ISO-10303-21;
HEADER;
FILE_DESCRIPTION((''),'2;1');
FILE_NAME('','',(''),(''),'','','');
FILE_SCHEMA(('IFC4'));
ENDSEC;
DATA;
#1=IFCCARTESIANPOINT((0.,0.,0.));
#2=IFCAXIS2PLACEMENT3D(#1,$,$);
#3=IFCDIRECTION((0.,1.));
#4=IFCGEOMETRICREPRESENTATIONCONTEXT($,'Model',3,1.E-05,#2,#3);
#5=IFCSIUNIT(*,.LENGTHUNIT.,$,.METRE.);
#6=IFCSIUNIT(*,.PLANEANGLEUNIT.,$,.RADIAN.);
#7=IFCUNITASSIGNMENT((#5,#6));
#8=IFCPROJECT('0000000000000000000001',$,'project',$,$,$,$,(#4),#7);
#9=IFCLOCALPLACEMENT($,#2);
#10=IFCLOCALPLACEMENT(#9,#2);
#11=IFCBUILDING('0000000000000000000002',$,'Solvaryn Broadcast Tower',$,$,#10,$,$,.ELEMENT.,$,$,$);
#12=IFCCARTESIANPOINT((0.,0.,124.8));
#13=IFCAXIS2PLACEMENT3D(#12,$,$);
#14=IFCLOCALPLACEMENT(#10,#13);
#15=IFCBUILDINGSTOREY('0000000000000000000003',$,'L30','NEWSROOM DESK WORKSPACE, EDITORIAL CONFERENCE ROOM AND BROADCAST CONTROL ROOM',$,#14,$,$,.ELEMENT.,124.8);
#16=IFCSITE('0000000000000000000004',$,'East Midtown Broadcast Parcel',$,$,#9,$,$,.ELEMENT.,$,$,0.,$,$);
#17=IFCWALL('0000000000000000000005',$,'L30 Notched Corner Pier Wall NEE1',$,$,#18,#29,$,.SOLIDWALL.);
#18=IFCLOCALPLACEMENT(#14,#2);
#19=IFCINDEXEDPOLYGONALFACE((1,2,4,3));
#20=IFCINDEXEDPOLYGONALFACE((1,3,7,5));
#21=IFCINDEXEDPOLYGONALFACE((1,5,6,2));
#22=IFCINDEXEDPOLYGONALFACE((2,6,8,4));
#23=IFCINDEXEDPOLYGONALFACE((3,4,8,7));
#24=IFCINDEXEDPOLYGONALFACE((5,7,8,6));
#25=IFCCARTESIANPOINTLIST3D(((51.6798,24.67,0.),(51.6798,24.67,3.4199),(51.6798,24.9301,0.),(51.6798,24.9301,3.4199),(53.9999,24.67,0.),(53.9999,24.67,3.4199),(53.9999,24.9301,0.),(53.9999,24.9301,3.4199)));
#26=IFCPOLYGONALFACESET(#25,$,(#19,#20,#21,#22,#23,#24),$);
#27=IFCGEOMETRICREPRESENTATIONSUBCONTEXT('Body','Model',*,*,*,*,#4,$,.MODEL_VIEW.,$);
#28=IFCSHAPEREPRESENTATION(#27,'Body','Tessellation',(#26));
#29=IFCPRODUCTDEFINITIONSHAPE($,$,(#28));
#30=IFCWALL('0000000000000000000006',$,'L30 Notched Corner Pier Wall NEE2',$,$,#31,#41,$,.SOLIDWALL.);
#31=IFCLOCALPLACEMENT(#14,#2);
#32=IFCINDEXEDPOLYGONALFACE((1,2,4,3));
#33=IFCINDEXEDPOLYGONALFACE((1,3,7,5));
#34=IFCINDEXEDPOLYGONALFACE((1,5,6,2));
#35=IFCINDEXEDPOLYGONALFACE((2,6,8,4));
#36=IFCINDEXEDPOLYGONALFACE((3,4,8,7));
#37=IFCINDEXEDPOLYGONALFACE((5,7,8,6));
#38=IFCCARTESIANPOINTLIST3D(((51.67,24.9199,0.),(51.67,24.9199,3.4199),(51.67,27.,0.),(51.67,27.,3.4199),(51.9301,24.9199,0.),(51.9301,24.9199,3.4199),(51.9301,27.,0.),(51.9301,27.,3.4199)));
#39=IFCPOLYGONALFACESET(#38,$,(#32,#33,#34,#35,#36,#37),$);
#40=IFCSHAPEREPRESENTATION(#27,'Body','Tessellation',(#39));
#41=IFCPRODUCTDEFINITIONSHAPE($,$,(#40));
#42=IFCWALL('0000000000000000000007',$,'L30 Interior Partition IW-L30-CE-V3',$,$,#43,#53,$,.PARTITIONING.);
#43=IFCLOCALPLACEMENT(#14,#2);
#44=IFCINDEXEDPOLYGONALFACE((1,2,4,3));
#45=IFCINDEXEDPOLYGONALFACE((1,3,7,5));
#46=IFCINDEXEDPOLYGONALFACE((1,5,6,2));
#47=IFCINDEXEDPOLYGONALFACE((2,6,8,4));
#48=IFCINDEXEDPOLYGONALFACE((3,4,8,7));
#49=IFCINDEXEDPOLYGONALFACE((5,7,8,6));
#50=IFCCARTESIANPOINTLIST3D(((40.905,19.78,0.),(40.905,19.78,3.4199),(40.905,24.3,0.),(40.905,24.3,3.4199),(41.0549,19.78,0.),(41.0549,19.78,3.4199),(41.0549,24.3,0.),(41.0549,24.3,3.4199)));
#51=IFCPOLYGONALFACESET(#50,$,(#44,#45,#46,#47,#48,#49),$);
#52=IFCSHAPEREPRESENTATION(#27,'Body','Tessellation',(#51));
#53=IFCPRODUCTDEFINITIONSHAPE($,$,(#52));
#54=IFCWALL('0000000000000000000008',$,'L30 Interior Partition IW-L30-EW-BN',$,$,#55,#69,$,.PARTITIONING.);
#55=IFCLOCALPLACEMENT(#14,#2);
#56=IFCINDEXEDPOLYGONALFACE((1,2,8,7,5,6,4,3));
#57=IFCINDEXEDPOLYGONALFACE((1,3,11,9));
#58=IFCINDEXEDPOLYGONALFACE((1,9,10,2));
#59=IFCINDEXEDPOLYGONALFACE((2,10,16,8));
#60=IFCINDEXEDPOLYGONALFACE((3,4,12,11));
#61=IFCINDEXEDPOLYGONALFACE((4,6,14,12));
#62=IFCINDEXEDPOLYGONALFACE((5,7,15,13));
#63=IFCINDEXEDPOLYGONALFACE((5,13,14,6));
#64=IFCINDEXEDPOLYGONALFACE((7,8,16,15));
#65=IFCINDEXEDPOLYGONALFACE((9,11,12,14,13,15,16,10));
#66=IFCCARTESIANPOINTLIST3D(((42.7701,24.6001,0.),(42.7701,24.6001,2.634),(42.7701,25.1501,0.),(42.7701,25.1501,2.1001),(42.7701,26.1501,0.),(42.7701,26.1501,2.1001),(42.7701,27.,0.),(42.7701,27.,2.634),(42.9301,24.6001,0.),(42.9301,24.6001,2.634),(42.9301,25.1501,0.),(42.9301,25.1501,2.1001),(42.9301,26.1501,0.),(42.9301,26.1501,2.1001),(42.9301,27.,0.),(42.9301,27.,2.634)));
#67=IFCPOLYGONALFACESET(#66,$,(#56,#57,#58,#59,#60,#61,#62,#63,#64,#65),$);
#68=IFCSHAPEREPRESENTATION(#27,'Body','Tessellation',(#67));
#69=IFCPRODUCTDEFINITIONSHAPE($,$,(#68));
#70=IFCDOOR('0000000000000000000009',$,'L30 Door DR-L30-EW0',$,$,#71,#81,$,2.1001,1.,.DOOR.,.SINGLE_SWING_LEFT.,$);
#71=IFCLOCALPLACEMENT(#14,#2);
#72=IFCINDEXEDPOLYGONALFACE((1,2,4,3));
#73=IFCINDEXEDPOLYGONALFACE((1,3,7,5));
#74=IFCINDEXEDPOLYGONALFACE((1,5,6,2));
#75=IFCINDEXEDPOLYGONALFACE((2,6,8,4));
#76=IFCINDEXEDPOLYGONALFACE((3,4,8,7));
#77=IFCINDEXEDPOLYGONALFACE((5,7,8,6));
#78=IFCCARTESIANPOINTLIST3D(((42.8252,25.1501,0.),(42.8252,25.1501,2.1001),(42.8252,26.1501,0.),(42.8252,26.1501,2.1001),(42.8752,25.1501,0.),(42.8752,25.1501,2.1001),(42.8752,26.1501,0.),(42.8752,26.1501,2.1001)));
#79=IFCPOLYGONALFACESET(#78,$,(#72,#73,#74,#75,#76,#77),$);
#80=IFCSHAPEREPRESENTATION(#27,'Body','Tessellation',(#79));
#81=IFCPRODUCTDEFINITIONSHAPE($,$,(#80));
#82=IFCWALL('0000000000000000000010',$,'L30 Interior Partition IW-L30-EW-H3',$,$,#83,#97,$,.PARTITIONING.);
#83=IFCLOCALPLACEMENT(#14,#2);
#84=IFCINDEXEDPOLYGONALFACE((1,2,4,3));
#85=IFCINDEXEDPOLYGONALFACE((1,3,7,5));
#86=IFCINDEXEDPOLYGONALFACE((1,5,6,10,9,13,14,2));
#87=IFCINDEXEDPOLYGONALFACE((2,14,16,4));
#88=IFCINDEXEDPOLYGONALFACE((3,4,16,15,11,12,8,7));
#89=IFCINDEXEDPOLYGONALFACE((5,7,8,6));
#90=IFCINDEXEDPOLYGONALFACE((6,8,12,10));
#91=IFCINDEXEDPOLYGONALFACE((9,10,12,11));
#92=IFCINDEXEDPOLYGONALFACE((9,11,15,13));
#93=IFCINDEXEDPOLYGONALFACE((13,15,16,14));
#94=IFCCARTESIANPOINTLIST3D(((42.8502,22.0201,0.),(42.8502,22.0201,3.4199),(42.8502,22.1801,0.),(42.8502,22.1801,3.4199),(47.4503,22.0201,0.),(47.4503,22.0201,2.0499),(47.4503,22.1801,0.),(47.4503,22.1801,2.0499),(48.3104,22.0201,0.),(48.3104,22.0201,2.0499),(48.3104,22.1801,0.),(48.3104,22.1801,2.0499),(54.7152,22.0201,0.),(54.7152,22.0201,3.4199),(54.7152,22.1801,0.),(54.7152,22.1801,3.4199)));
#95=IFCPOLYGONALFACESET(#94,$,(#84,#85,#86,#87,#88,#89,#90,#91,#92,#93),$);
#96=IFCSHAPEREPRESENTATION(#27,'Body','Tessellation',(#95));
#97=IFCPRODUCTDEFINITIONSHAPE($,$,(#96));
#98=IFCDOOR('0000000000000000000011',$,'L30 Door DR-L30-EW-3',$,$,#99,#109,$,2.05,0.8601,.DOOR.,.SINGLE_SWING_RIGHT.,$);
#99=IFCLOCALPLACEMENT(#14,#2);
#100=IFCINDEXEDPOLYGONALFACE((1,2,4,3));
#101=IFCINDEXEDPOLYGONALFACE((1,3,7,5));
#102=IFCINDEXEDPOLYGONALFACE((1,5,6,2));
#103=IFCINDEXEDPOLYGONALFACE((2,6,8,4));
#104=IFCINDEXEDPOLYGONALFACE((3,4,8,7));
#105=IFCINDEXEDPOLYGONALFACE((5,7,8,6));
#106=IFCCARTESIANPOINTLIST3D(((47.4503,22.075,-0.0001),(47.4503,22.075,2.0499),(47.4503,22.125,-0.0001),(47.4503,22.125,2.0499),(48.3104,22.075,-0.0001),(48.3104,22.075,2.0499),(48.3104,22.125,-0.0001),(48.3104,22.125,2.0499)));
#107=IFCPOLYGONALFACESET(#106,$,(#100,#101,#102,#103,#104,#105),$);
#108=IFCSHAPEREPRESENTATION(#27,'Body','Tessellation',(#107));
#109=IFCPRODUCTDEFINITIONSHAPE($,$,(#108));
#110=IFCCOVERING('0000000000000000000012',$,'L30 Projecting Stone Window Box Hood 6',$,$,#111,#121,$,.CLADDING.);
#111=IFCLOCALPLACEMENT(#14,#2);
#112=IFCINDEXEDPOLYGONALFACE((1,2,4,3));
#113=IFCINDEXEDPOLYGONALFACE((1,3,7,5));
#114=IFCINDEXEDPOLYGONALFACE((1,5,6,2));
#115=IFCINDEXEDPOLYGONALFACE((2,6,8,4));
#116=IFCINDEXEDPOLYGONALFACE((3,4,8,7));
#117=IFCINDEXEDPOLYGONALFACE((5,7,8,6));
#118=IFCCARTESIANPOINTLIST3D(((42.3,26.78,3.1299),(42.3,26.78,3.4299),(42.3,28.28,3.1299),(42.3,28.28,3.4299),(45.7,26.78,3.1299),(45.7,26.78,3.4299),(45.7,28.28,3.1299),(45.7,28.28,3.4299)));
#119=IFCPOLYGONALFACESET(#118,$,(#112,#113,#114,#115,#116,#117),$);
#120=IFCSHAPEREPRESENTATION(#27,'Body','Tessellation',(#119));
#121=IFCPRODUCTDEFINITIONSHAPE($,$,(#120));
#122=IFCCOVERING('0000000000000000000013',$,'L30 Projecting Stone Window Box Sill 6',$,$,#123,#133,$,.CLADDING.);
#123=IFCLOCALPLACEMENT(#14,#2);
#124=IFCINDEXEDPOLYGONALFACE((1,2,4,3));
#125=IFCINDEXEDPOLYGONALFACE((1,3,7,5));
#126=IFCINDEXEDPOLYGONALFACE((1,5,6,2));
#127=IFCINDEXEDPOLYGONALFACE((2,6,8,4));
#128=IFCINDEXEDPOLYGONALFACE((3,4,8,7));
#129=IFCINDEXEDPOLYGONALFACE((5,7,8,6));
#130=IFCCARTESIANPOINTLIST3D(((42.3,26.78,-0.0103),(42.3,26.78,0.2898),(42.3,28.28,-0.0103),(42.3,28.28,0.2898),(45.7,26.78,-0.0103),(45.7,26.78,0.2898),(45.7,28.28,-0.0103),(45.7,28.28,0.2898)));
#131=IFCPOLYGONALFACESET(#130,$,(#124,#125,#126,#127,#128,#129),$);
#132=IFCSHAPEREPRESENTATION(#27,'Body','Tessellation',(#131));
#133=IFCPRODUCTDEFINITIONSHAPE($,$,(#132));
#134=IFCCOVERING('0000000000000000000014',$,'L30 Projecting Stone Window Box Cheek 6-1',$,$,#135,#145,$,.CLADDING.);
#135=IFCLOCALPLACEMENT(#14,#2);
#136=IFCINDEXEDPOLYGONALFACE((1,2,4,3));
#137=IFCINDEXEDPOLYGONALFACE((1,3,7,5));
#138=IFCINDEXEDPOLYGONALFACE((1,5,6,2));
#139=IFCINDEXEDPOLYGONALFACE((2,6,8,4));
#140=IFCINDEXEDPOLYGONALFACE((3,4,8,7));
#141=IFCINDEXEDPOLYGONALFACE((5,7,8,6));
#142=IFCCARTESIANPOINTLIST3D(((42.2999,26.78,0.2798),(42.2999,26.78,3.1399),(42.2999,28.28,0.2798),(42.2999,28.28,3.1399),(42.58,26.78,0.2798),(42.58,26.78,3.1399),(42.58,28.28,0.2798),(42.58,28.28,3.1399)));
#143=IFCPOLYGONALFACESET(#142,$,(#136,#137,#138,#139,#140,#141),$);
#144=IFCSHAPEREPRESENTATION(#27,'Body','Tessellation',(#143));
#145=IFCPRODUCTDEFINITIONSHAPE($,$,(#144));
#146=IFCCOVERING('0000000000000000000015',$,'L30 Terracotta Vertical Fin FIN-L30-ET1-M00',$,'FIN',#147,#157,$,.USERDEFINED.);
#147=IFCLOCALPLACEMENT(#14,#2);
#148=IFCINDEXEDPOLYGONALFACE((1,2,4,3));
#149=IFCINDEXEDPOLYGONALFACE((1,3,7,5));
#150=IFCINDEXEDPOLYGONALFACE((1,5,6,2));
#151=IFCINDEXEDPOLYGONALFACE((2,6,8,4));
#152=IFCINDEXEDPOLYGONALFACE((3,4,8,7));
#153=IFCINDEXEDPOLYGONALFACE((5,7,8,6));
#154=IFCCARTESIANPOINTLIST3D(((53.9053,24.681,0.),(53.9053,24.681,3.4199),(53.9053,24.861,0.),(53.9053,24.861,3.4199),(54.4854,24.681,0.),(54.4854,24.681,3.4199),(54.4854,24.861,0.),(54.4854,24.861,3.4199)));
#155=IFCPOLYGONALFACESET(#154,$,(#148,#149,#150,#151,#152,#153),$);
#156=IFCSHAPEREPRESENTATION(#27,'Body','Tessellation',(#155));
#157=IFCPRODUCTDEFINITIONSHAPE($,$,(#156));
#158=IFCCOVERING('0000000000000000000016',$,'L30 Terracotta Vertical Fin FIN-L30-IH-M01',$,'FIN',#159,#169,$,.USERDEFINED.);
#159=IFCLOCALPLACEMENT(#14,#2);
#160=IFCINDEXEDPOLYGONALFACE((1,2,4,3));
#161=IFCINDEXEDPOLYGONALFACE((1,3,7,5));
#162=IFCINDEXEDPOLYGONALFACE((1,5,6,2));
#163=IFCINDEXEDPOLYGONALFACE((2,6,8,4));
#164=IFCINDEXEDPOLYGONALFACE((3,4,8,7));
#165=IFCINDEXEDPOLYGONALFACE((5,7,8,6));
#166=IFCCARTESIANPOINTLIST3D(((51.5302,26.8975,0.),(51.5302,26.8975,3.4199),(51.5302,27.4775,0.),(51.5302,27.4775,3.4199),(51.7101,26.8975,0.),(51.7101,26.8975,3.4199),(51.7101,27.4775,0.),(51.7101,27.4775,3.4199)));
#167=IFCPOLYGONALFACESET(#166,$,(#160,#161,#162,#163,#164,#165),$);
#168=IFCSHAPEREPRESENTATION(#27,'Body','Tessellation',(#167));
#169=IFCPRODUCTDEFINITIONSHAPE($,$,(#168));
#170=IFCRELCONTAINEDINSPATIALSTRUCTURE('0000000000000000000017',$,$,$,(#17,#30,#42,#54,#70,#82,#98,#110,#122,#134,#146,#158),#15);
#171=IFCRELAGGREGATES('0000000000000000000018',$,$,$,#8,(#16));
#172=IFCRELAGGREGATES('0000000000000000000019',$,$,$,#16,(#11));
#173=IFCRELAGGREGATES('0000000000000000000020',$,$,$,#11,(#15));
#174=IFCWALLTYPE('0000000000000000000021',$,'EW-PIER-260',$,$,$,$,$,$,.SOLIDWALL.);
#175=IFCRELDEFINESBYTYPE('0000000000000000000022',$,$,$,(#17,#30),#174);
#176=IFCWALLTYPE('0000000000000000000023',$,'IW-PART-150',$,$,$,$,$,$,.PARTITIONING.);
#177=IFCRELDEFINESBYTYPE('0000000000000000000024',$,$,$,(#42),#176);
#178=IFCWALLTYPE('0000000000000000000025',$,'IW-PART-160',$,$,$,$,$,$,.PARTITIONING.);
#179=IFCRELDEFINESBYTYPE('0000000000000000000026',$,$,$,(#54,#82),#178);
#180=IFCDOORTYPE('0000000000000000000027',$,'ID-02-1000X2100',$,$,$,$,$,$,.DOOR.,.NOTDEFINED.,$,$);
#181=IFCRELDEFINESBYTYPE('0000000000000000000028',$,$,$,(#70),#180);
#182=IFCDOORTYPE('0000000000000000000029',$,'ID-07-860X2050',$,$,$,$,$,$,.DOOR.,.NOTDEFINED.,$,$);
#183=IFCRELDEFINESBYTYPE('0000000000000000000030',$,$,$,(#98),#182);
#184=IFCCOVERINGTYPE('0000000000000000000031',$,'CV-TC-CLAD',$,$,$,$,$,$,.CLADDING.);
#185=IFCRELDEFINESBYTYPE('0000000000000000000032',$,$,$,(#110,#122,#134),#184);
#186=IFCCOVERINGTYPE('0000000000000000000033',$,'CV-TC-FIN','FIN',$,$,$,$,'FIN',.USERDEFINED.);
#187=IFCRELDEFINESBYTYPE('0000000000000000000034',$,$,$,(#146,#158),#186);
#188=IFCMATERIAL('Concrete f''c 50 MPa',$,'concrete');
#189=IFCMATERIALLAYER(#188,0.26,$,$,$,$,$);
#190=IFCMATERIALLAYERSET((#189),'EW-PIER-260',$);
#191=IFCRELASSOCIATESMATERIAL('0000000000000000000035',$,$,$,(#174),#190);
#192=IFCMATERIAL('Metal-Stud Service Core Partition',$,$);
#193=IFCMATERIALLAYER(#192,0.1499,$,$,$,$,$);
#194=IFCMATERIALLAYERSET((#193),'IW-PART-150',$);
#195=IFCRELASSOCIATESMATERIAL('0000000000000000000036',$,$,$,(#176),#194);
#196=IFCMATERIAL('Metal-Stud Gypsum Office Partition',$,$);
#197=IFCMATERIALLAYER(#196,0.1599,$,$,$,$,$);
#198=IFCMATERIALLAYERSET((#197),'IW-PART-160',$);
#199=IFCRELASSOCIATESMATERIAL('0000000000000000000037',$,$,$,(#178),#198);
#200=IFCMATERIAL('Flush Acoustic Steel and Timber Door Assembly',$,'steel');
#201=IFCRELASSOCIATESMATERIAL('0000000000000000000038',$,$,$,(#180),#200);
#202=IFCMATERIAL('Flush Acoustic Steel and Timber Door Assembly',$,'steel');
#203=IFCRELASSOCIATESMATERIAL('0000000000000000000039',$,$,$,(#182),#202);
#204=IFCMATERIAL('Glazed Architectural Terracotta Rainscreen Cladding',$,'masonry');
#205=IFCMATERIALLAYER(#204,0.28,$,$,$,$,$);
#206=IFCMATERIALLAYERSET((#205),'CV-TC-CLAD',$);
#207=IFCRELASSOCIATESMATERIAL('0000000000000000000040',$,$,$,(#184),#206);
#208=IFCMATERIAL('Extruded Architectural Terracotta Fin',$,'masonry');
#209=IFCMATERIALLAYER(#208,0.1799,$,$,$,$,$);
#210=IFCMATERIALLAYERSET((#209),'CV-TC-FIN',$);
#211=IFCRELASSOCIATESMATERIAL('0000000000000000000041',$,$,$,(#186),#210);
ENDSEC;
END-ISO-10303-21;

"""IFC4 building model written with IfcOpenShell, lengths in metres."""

from ifc_helpers import new_model, si_unit, direction, frame, frame_2d, origin, origin_2d, place, context, subcontext, project, spatial, rectangle, extrude, material, layer, layer_set, type_object, element, fill, save


model = new_model("IFC4")

# Units and contexts
model_context = context("Model", 3, precision=1e-05, world=origin(), true_north=direction((0.0, 1.0)))
body_context = subcontext(model_context, "Body", "Model", "MODEL_VIEW")
ifc_project = project(units=[si_unit("LENGTHUNIT", "METRE"), si_unit("PLANEANGLEUNIT", "RADIAN")], contexts=[model_context])

# Site, building, storey
site_placement = place(None, origin())
site = spatial("IfcSite", under=ifc_project, at=site_placement, Name="East Midtown Broadcast Parcel", CompositionType="ELEMENT", RefElevation=0.0)
building_placement = place(site_placement, origin())
building = spatial("IfcBuilding", under=site, at=building_placement, Name="Solvaryn Broadcast Tower", CompositionType="ELEMENT")
storey_placement = place(building_placement, frame((0.0, 0.0, 124.8)))
storey = spatial("IfcBuildingStorey", under=building, at=storey_placement, Name="L30", Description="NEWSROOM DESK WORKSPACE, EDITORIAL CONFERENCE ROOM AND BROADCAST CONTROL ROOM", CompositionType="ELEMENT", Elevation=124.8)

# Walls
ifc_material_1 = material(Name="Concrete f'c 50 MPa", Category="concrete")
ifc_layer_1 = layer(ifc_material_1, 0.26)
ifc_layer_set_1 = layer_set([ifc_layer_1], Name="EW-PIER-260")
wall_type_1 = type_object("IfcWallType", Name="EW-PIER-260", PredefinedType="SOLIDWALL", material=ifc_layer_set_1)
wall_1_placement = place(storey_placement, frame((54.0, 24.8, 0.0), z_axis=(0.0, 0.0, 1.0), x_axis=(-1.0, 0.0, 0.0)))
element("IfcWall", 1, at=wall_1_placement, inside=storey, type_object=wall_type_1, Name="L30 Notched Corner Pier Wall NEE1", PredefinedType="SOLIDWALL", context=body_context, shape_type="SweptSolid", body=[
    extrude(rectangle(XDim=2.3201, YDim=0.26, at=frame_2d((1.1602, 0.0))), origin(), (0.0, 0.0, 1.0), 3.4199),
])
wall_2_placement = place(storey_placement, frame((51.8, 24.9199, 0.0), z_axis=(0.0, 0.0, 1.0), x_axis=(0.0, 1.0, 0.0)))
element("IfcWall", 2, at=wall_2_placement, inside=storey, type_object=wall_type_1, Name="L30 Notched Corner Pier Wall NEE2", PredefinedType="SOLIDWALL", context=body_context, shape_type="SweptSolid", body=[
    extrude(rectangle(XDim=2.0801, YDim=0.26, at=frame_2d((1.04, 0.0))), origin(), (0.0, 0.0, 1.0), 3.4199),
])
ifc_material_2 = material(Name="Metal-Stud Service Core Partition")
ifc_layer_2 = layer(ifc_material_2, 0.1499)
ifc_layer_set_2 = layer_set([ifc_layer_2], Name="IW-PART-150")
wall_type_2 = type_object("IfcWallType", Name="IW-PART-150", PredefinedType="PARTITIONING", material=ifc_layer_set_2)
wall_3_placement = place(storey_placement, frame((40.98, 19.78, 0.0), z_axis=(0.0, 0.0, 1.0), x_axis=(0.0, 1.0, 0.0)))
element("IfcWall", 3, at=wall_3_placement, inside=storey, type_object=wall_type_2, Name="L30 Interior Partition IW-L30-CE-V3", PredefinedType="PARTITIONING", context=body_context, shape_type="SweptSolid", body=[
    extrude(rectangle(XDim=4.52, YDim=0.1499, at=frame_2d((2.26, 0.0))), origin(), (0.0, 0.0, 1.0), 3.4199),
])

# Walls, openings, doors
ifc_material_3 = material(Name="Metal-Stud Gypsum Office Partition")
ifc_layer_3 = layer(ifc_material_3, 0.1599)
ifc_layer_set_3 = layer_set([ifc_layer_3], Name="IW-PART-160")
wall_type_3 = type_object("IfcWallType", Name="IW-PART-160", PredefinedType="PARTITIONING", material=ifc_layer_set_3)
wall_4_placement = place(storey_placement, frame((42.8501, 24.6001, 0.0), z_axis=(0.0, 0.0, 1.0), x_axis=(0.0, 1.0, 0.0)))
wall_4 = element("IfcWall", 4, at=wall_4_placement, inside=storey, type_object=wall_type_3, Name="L30 Interior Partition IW-L30-EW-BN", PredefinedType="PARTITIONING", context=body_context, shape_type="SweptSolid", body=[
    extrude(rectangle(XDim=2.3999, YDim=0.1599, at=frame_2d((1.2, 0.0))), origin(), (0.0, 0.0, 1.0), 2.634),
])
opening_1_placement = place(wall_4_placement, frame((0.55, 0.0, 0.0)))
opening_1 = element("IfcOpeningElement", 5, at=opening_1_placement, cuts=wall_4, PredefinedType="OPENING", context=body_context, shape_type="SweptSolid", body=[
    extrude(rectangle(XDim=1.0, YDim=2.1001, at=frame_2d((0.5, 1.05))), frame((0.0, 0.0901, 0.0), z_axis=(0.0, -1.0, 0.0), x_axis=(1.0, 0.0, 0.0)), (0.0, 0.0, 1.0), 0.1799),
])
ifc_material_4 = material(Name="Flush Acoustic Steel and Timber Door Assembly", Category="steel")
door_type_1 = type_object("IfcDoorType", Name="ID-02-1000X2100", OperationType="NOTDEFINED", PredefinedType="DOOR", material=ifc_material_4)
door_1_placement = place(opening_1_placement, origin())
door_1 = element("IfcDoor", 6, at=door_1_placement, inside=storey, type_object=door_type_1, Name="L30 Door DR-L30-EW0", OperationType="SINGLE_SWING_LEFT", OverallHeight=2.1001, OverallWidth=1.0, PredefinedType="DOOR", context=body_context, shape_type="SweptSolid", body=[
    extrude(rectangle(XDim=1.0, YDim=2.1001, at=frame_2d((0.5, 1.05))), frame((0.0, 0.0249, 0.0), z_axis=(0.0, -1.0, 0.0), x_axis=(1.0, 0.0, 0.0)), (0.0, 0.0, 1.0), 0.05),
])
fill(opening_1, door_1)
wall_5_placement = place(storey_placement, frame((42.8501, 22.1001, 0.0), z_axis=(0.0, 0.0, 1.0), x_axis=(1.0, 0.0, 0.0)))
wall_5 = element("IfcWall", 7, at=wall_5_placement, inside=storey, type_object=wall_type_3, Name="L30 Interior Partition IW-L30-EW-H3", PredefinedType="PARTITIONING", context=body_context, shape_type="SweptSolid", body=[
    extrude(rectangle(XDim=11.865, YDim=0.1599, at=frame_2d((5.9326, 0.0))), origin(), (0.0, 0.0, 1.0), 3.4199),
])
opening_2_placement = place(wall_5_placement, frame((4.6001, 0.0, 0.0)))
opening_2 = element("IfcOpeningElement", 8, at=opening_2_placement, cuts=wall_5, PredefinedType="OPENING", context=body_context, shape_type="SweptSolid", body=[
    extrude(rectangle(XDim=0.8601, YDim=2.05, at=frame_2d((0.4302, 1.0249))), frame((0.0, 0.0901, 0.0), z_axis=(0.0, -1.0, 0.0), x_axis=(1.0, 0.0, 0.0)), (0.0, 0.0, 1.0), 0.1799),
])
ifc_material_5 = material(Name="Flush Acoustic Steel and Timber Door Assembly", Category="steel")
door_type_2 = type_object("IfcDoorType", Name="ID-07-860X2050", OperationType="NOTDEFINED", PredefinedType="DOOR", material=ifc_material_5)
door_2_placement = place(opening_2_placement, origin())
door_2 = element("IfcDoor", 9, at=door_2_placement, inside=storey, type_object=door_type_2, Name="L30 Door DR-L30-EW-3", OperationType="SINGLE_SWING_RIGHT", OverallHeight=2.05, OverallWidth=0.8601, PredefinedType="DOOR", context=body_context, shape_type="SweptSolid", body=[
    extrude(rectangle(XDim=0.8601, YDim=2.05, at=frame_2d((0.4302, 1.0249))), frame((0.0, 0.0249, 0.0), z_axis=(0.0, -1.0, 0.0), x_axis=(1.0, 0.0, 0.0)), (0.0, 0.0, 1.0), 0.05),
])
fill(opening_2, door_2)

# Coverings
ifc_material_6 = material(Name="Glazed Architectural Terracotta Rainscreen Cladding", Category="masonry")
ifc_layer_4 = layer(ifc_material_6, 0.28)
ifc_layer_set_4 = layer_set([ifc_layer_4], Name="CV-TC-CLAD")
covering_type_1 = type_object("IfcCoveringType", Name="CV-TC-CLAD", PredefinedType="CLADDING", material=ifc_layer_set_4)
for number, where, z_axis, x_axis, name in (
    (10, (44.0, 27.53, 3.1299), (0.0, 0.0, 1.0), (1.0, 0.0, 0.0), "L30 Projecting Stone Window Box Hood 6"),
    (11, (44.0, 27.53, -0.0103), (0.0, 0.0, 1.0), (1.0, 0.0, 0.0), "L30 Projecting Stone Window Box Sill 6"),
):
    element("IfcCovering", number, at=place(storey_placement, frame(where, z_axis=z_axis, x_axis=x_axis)), inside=storey, type_object=covering_type_1, Name=name, PredefinedType="CLADDING", context=body_context, shape_type="SweptSolid", body=[
        extrude(rectangle(XDim=3.3999, YDim=1.5, at=origin_2d()), origin(), (0.0, 0.0, 1.0), 0.3),
    ])
covering_1_placement = place(storey_placement, frame((42.4399, 27.53, 0.2798), z_axis=(0.0, 0.0, 1.0), x_axis=(1.0, 0.0, 0.0)))
element("IfcCovering", 12, at=covering_1_placement, inside=storey, type_object=covering_type_1, Name="L30 Projecting Stone Window Box Cheek 6-1", PredefinedType="CLADDING", context=body_context, shape_type="SweptSolid", body=[
    extrude(rectangle(XDim=0.28, YDim=1.5, at=origin_2d()), origin(), (0.0, 0.0, 1.0), 2.8601),
])
ifc_material_7 = material(Name="Extruded Architectural Terracotta Fin", Category="masonry")
ifc_layer_5 = layer(ifc_material_7, 0.1799)
ifc_layer_set_5 = layer_set([ifc_layer_5], Name="CV-TC-FIN")
covering_type_2 = type_object("IfcCoveringType", Name="CV-TC-FIN", Description="FIN", ElementType="FIN", PredefinedType="USERDEFINED", material=ifc_layer_set_5)
covering_2_placement = place(storey_placement, frame((54.1953, 24.771, 0.0), z_axis=(0.0, 0.0, 1.0), x_axis=(1.0, 0.0, 0.0)))
element("IfcCovering", 13, at=covering_2_placement, inside=storey, type_object=covering_type_2, Name="L30 Terracotta Vertical Fin FIN-L30-ET1-M00", ObjectType="FIN", PredefinedType="USERDEFINED", context=body_context, shape_type="SweptSolid", body=[
    extrude(rectangle(XDim=0.5801, YDim=0.1799, at=origin_2d()), origin(), (0.0, 0.0, 1.0), 3.4199),
])
covering_3_placement = place(storey_placement, frame((51.6201, 27.1875, 0.0), z_axis=(0.0, 0.0, 1.0), x_axis=(1.0, 0.0, 0.0)))
element("IfcCovering", 14, at=covering_3_placement, inside=storey, type_object=covering_type_2, Name="L30 Terracotta Vertical Fin FIN-L30-IH-M01", ObjectType="FIN", PredefinedType="USERDEFINED", context=body_context, shape_type="SweptSolid", body=[
    extrude(rectangle(XDim=0.1799, YDim=0.5801, at=origin_2d()), origin(), (0.0, 0.0, 1.0), 3.4199),
])

save(model, "model.ifc")
